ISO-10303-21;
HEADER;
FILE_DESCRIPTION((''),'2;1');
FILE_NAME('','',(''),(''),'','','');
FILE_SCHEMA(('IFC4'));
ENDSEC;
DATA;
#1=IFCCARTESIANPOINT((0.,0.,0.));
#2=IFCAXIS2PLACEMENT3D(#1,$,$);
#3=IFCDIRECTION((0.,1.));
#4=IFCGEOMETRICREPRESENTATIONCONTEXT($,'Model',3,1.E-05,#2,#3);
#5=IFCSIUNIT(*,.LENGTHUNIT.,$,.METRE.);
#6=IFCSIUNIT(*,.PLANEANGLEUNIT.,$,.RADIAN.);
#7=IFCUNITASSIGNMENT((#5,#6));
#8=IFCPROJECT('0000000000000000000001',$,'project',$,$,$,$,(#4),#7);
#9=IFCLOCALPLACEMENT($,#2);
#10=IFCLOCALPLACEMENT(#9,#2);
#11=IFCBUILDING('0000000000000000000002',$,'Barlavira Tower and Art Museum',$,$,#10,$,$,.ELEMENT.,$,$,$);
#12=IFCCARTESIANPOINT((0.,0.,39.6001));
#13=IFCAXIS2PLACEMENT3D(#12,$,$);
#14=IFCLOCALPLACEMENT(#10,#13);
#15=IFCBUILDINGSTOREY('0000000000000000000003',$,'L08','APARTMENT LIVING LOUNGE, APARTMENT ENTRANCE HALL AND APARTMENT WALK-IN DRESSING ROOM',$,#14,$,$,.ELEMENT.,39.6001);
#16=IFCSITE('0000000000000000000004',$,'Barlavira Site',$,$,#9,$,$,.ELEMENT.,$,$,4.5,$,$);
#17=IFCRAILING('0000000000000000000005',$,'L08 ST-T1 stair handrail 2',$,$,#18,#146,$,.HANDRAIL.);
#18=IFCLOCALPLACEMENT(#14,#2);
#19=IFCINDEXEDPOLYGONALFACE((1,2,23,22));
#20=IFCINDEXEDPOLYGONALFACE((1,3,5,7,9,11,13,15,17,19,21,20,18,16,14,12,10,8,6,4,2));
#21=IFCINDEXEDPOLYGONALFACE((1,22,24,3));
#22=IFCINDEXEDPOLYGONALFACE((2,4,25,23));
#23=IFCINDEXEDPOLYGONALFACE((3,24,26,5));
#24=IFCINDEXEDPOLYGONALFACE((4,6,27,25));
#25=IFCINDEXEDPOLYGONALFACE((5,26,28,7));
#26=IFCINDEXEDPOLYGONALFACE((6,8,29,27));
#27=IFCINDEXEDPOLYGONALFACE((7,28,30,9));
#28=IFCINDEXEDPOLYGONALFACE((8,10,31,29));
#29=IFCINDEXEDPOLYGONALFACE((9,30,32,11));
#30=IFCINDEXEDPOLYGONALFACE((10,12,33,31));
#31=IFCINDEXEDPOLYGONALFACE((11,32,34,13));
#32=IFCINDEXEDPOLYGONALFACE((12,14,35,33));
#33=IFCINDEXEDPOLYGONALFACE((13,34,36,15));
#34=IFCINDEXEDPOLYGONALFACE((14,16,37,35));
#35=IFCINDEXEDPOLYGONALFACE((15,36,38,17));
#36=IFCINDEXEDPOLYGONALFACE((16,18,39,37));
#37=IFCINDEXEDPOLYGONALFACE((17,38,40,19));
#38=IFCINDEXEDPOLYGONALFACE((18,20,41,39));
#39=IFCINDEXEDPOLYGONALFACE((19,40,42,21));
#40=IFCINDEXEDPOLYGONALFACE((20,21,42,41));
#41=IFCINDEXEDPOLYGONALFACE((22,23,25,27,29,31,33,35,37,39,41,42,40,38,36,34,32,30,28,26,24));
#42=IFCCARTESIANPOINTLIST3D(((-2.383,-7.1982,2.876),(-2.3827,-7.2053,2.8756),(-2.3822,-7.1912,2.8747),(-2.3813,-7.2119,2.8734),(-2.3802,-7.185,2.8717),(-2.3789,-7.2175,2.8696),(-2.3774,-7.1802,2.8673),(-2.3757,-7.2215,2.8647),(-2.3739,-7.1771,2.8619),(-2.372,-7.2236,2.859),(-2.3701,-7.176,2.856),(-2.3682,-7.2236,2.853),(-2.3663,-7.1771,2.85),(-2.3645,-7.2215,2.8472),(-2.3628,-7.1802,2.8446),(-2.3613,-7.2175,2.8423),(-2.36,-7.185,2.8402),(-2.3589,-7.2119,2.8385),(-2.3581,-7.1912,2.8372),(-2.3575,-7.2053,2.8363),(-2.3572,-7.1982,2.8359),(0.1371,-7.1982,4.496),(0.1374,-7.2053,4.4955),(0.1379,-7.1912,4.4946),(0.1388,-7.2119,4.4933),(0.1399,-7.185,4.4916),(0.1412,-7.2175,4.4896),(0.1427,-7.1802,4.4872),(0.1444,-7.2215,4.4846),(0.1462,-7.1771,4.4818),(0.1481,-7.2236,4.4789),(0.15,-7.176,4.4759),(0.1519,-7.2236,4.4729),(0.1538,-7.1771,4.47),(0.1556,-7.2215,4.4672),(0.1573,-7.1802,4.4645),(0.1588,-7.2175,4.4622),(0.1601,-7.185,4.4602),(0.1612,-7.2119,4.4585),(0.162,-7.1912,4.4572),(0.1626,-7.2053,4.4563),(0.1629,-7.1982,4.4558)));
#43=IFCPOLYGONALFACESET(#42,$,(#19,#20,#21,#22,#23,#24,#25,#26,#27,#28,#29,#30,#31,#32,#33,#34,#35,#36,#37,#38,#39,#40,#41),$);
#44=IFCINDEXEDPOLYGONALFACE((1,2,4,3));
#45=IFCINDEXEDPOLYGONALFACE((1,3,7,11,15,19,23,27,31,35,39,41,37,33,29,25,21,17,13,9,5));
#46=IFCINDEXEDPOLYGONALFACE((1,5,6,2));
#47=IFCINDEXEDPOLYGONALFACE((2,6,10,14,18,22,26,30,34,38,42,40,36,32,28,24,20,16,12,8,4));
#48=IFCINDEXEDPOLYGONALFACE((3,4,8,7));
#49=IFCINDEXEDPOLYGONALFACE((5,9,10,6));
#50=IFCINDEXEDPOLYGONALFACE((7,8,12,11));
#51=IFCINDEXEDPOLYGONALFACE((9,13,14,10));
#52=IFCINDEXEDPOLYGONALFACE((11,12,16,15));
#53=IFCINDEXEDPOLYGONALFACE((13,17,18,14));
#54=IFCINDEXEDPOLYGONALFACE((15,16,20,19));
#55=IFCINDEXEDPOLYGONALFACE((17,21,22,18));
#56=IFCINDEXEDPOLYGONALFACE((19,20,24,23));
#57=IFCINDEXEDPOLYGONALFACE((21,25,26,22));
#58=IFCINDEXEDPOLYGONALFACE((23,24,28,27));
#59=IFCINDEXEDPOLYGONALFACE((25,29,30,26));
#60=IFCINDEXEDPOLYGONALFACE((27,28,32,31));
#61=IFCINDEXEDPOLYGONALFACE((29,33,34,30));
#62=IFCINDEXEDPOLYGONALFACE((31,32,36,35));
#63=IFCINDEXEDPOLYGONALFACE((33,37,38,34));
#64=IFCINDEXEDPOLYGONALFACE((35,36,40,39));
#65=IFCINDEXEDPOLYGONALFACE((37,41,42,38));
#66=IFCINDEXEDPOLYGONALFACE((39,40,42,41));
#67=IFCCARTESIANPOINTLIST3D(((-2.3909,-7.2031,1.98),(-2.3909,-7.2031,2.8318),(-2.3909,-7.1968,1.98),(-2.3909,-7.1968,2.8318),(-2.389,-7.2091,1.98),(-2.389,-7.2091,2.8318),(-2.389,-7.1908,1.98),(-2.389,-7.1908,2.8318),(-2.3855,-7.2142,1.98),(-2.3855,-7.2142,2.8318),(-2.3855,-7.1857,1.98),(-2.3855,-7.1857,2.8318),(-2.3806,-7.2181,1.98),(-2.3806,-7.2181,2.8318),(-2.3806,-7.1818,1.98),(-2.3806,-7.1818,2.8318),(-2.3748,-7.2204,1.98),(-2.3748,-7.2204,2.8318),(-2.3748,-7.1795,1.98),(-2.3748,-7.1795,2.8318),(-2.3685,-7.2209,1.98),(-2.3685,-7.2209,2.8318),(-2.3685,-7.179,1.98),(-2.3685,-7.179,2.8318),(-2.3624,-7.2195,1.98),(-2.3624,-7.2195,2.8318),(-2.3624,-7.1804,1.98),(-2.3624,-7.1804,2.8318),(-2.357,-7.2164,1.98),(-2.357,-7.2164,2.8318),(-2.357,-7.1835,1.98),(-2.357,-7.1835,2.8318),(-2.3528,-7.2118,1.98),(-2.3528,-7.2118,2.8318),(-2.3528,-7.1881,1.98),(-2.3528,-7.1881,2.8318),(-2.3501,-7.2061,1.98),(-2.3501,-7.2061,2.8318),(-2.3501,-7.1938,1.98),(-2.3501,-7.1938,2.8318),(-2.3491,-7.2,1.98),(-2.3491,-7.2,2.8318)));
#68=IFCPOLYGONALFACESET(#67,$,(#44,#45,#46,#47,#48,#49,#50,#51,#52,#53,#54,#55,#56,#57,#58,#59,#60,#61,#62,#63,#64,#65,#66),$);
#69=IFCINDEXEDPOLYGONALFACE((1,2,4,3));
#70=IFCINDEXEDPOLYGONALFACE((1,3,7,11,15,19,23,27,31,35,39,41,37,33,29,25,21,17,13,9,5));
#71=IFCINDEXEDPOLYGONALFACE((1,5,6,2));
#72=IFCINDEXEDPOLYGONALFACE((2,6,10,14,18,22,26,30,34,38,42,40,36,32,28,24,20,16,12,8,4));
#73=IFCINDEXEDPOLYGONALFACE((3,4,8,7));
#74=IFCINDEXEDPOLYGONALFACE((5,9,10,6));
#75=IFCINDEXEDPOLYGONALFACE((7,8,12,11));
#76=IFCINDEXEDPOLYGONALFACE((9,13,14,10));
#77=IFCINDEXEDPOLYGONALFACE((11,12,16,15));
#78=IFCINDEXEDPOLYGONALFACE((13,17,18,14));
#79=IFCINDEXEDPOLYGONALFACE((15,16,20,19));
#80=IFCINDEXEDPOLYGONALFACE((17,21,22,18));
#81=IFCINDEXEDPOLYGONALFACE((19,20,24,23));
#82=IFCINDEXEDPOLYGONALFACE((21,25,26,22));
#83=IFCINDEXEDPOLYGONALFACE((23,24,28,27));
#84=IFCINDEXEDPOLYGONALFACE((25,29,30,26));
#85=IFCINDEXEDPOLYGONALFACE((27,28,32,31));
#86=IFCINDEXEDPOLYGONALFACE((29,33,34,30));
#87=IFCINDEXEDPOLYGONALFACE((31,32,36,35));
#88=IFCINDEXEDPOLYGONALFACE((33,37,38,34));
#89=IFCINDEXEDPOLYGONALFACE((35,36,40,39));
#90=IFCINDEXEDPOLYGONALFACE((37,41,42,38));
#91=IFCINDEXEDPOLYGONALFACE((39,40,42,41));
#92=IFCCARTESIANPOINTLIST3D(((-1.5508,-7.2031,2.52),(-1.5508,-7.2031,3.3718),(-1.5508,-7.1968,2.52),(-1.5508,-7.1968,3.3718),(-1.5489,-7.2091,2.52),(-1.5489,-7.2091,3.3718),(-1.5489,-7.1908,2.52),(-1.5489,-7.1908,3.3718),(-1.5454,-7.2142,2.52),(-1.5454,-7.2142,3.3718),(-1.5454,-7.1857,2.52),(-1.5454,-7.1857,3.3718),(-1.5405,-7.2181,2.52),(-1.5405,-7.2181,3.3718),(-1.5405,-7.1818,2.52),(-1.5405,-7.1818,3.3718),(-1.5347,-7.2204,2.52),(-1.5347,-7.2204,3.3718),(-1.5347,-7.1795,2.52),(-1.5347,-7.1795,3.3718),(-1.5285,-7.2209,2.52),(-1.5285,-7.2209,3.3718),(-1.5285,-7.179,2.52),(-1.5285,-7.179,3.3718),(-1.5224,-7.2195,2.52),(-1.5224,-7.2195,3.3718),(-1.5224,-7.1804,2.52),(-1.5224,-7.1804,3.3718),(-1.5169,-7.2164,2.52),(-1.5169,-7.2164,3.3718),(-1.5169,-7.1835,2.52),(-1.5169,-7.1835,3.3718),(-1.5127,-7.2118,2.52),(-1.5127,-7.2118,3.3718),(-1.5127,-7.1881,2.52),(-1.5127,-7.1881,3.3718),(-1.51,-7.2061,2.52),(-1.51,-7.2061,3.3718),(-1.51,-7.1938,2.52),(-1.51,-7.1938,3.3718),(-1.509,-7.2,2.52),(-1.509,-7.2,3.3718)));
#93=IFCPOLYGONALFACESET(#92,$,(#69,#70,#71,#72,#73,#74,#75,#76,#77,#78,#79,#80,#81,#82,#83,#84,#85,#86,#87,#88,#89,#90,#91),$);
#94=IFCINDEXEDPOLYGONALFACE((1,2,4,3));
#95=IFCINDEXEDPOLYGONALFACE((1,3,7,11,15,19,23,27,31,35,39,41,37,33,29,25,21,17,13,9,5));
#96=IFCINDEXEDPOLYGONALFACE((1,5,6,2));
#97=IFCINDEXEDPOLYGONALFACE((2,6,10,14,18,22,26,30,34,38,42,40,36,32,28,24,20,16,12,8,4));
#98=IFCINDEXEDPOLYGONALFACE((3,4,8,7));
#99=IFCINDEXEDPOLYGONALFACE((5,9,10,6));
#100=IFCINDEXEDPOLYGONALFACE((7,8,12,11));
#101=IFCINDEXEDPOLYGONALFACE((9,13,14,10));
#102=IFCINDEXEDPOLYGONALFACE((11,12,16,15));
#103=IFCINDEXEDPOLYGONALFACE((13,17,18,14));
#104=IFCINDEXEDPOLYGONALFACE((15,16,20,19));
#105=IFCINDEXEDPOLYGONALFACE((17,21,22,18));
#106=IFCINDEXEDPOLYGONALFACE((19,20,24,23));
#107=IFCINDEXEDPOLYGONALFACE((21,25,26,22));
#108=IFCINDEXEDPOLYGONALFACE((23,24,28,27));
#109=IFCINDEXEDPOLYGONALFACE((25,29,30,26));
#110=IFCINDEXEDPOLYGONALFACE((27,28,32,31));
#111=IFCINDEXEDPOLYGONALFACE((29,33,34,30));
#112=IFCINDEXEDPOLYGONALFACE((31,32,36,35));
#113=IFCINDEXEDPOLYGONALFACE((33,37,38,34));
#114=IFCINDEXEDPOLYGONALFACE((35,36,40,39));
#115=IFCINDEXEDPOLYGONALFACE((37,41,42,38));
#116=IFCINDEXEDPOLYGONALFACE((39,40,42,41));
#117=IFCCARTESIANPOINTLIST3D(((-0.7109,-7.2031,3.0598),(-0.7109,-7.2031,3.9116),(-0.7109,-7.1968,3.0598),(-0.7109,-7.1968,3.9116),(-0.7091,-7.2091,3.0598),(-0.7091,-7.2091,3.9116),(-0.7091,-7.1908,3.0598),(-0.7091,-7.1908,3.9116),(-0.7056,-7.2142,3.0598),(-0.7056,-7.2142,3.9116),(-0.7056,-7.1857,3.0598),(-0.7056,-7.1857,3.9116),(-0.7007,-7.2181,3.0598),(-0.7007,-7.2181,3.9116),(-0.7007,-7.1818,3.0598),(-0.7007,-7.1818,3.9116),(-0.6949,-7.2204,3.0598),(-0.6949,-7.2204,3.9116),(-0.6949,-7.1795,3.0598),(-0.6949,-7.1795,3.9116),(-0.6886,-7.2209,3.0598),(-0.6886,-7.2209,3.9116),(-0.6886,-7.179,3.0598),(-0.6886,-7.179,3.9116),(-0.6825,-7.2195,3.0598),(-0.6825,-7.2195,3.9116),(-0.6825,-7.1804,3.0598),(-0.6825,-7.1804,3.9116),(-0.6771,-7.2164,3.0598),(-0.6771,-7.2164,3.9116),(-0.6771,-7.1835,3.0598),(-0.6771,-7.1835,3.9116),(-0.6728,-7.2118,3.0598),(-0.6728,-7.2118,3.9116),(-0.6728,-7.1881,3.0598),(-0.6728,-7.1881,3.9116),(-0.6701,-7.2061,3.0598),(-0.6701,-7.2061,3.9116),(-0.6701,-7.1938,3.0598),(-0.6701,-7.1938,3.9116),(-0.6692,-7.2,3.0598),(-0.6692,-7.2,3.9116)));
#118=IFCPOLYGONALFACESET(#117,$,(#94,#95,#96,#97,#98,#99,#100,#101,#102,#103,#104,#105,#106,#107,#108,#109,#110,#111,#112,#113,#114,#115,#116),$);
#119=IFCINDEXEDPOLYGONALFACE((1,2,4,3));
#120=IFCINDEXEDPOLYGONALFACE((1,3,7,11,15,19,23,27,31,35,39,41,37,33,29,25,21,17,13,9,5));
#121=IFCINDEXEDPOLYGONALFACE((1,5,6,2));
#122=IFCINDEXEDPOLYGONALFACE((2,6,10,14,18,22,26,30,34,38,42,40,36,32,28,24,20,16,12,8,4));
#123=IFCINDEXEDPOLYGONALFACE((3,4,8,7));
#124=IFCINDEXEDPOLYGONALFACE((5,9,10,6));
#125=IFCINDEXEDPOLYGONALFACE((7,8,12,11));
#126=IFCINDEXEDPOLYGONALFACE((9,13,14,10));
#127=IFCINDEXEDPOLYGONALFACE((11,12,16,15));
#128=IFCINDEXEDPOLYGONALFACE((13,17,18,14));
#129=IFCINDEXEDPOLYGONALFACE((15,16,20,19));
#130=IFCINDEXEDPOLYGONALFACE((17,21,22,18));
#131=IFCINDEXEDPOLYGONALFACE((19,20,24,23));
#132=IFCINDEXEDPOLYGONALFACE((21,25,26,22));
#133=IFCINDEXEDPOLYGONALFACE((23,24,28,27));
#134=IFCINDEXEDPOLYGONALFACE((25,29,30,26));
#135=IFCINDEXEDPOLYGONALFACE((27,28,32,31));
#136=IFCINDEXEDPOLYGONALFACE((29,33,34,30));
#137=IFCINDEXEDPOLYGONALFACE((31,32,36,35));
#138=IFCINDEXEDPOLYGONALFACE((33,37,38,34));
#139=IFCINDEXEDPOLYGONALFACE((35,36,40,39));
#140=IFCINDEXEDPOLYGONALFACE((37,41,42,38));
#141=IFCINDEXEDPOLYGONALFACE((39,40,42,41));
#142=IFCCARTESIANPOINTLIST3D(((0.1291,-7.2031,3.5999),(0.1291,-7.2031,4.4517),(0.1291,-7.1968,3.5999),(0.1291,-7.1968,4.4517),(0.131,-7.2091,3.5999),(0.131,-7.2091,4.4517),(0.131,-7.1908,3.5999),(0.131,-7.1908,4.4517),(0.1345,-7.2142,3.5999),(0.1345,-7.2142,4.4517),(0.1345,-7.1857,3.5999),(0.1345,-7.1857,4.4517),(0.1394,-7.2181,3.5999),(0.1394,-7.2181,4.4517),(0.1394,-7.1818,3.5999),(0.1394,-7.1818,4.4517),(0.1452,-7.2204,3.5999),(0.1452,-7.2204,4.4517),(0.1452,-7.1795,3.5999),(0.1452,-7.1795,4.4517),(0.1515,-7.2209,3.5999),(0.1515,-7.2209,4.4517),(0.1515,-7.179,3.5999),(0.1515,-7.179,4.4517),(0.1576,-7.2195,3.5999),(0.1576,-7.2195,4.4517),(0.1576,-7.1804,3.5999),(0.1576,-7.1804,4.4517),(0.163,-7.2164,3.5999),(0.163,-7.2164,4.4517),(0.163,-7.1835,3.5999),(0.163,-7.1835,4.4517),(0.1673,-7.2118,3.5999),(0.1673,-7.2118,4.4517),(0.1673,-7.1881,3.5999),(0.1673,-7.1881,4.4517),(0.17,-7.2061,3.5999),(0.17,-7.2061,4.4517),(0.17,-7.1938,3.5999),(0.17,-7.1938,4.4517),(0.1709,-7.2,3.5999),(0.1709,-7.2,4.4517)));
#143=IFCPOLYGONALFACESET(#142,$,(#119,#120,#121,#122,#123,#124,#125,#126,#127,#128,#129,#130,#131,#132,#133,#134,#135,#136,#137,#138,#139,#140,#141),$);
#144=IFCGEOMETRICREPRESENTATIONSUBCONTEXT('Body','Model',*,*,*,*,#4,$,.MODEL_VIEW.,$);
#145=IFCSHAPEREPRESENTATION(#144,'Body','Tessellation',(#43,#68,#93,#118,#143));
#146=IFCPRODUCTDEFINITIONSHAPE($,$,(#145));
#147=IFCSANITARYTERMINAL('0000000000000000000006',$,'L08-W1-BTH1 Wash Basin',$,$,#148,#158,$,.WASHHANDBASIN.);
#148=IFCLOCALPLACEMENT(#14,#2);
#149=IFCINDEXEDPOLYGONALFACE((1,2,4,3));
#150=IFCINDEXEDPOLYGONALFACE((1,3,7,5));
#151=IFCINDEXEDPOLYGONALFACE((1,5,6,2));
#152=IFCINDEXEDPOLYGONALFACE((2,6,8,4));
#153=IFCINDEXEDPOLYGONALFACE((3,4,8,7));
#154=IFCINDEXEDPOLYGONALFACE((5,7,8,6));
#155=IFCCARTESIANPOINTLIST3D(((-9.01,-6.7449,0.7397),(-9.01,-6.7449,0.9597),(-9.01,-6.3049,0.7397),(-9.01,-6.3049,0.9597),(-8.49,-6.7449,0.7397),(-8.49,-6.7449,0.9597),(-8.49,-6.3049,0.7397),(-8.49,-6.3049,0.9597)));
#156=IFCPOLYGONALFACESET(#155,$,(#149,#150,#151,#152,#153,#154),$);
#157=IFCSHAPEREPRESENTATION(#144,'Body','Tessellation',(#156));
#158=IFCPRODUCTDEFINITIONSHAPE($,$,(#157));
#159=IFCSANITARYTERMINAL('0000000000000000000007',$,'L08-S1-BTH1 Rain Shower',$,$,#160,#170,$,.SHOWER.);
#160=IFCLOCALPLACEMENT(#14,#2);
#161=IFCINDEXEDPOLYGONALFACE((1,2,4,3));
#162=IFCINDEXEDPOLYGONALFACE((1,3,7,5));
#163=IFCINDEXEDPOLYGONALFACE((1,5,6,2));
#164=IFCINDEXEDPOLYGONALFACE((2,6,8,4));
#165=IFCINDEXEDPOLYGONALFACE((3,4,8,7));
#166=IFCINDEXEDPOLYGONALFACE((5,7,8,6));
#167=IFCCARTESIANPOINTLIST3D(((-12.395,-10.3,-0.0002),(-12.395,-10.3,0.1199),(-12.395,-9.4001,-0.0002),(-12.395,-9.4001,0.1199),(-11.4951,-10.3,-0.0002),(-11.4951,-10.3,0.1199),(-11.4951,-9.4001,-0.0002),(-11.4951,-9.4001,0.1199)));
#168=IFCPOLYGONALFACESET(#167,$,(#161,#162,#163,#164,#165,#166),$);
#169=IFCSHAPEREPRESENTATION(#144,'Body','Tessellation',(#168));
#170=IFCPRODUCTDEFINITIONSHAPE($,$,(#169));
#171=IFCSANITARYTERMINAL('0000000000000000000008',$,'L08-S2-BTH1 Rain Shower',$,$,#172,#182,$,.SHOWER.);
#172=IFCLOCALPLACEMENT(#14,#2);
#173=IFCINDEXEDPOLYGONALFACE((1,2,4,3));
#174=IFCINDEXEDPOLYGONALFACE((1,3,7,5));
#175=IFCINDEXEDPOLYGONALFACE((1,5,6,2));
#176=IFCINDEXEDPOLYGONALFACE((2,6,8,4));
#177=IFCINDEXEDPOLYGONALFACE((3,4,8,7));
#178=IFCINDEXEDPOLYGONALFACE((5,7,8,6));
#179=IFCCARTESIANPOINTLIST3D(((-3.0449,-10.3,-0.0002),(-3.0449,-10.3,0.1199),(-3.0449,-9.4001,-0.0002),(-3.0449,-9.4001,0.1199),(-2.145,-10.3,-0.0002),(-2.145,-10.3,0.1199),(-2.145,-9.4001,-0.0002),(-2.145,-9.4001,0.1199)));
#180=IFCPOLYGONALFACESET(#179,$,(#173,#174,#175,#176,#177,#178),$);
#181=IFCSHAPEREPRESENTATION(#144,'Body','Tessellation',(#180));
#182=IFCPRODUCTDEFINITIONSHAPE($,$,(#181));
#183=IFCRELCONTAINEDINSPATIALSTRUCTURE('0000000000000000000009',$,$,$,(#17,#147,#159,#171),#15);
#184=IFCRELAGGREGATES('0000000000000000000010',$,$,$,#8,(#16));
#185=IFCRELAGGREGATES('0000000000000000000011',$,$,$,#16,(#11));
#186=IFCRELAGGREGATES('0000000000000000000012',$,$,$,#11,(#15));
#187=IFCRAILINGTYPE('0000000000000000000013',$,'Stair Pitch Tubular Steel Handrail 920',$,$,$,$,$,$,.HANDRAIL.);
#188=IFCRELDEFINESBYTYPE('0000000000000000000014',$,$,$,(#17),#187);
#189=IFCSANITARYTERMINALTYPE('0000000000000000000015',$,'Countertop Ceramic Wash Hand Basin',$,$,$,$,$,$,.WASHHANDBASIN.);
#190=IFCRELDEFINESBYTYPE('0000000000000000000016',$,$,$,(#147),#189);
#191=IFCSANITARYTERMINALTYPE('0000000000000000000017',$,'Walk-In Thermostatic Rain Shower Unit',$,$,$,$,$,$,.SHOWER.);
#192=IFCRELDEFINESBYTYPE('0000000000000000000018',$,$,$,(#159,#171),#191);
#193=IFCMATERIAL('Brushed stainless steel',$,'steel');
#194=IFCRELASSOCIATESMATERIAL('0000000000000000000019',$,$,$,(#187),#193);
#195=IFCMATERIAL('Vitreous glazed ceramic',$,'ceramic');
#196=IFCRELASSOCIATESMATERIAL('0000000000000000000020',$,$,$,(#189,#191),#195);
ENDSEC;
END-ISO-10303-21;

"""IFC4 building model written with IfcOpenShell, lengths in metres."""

from ifc_helpers import new_model, si_unit, direction, frame, origin, origin_2d, place, context, subcontext, project, spatial, rectangle, circle, extrude, material, type_object, element, save


model = new_model("IFC4")

# Units and contexts
model_context = context("Model", 3, precision=1e-05, world=origin(), true_north=direction((0.0, 1.0)))
body_context = subcontext(model_context, "Body", "Model", "MODEL_VIEW")
ifc_project = project(units=[si_unit("LENGTHUNIT", "METRE"), si_unit("PLANEANGLEUNIT", "RADIAN")], contexts=[model_context])

# Site, building, storey
site_placement = place(None, origin())
site = spatial("IfcSite", under=ifc_project, at=site_placement, Name="Barlavira Site", CompositionType="ELEMENT", RefElevation=4.5)
building_placement = place(site_placement, origin())
building = spatial("IfcBuilding", under=site, at=building_placement, Name="Barlavira Tower and Art Museum", CompositionType="ELEMENT")
storey_placement = place(building_placement, frame((0.0, 0.0, 39.6001)))
storey = spatial("IfcBuildingStorey", under=building, at=storey_placement, Name="L08", Description="APARTMENT LIVING LOUNGE, APARTMENT ENTRANCE HALL AND APARTMENT WALK-IN DRESSING ROOM", CompositionType="ELEMENT", Elevation=39.6001)

# Shared definitions
ifc_material_1 = material(Name="Brushed stainless steel", Category="steel")

# Railing
railing_type_1 = type_object("IfcRailingType", Name="Stair Pitch Tubular Steel Handrail 920", PredefinedType="HANDRAIL", material=ifc_material_1)
railing_1_placement = place(storey_placement, frame((-2.3701, -7.2, 1.98)))
element("IfcRailing", 1, at=railing_1_placement, inside=storey, type_object=railing_type_1, Name="L08 ST-T1 stair handrail 2", PredefinedType="HANDRAIL", context=body_context, shape_type="SweptSolid", body=[
    extrude(circle(Radius=0.0239, at=origin_2d()), frame((0.0, 0.0, 0.876), z_axis=(0.8412, 0.0, 0.540725), x_axis=(0.0, 1.0, 0.0)), (0.0, 0.0, 1.0), 2.9958),
    extrude(circle(Radius=0.021, at=origin_2d()), origin(), (0.0, 0.0, 1.0), 0.8518),
    extrude(circle(Radius=0.021, at=origin_2d()), frame((0.8401, 0.0, 0.54)), (0.0, 0.0, 1.0), 0.8518),
    extrude(circle(Radius=0.021, at=origin_2d()), frame((1.6799, 0.0, 1.0798)), (0.0, 0.0, 1.0), 0.8518),
    extrude(circle(Radius=0.021, at=origin_2d()), frame((2.52, 0.0, 1.6199)), (0.0, 0.0, 1.0), 0.8518),
])

# Sanitary terminals
ifc_material_2 = material(Name="Vitreous glazed ceramic", Category="ceramic")
sanitary_terminal_type_1 = type_object("IfcSanitaryTerminalType", Name="Countertop Ceramic Wash Hand Basin", PredefinedType="WASHHANDBASIN", material=ifc_material_2)
sanitary_terminal_placement = place(storey_placement, frame((-8.75, -6.5249, 0.7397), z_axis=(0.0, 0.0, 1.0), x_axis=(1.0, 0.0, 0.0)))
element("IfcSanitaryTerminal", 2, at=sanitary_terminal_placement, inside=storey, type_object=sanitary_terminal_type_1, Name="L08-W1-BTH1 Wash Basin", PredefinedType="WASHHANDBASIN", context=body_context, shape_type="SweptSolid", body=[
    extrude(rectangle(XDim=0.52, YDim=0.4399, at=origin_2d()), origin(), (0.0, 0.0, 1.0), 0.22),
])
sanitary_terminal_type_2 = type_object("IfcSanitaryTerminalType", Name="Walk-In Thermostatic Rain Shower Unit", PredefinedType="SHOWER", material=ifc_material_2)
for number, where, z_axis, x_axis, name in (
    (3, (-11.9451, -9.8501, -0.0002), (0.0, 0.0, 1.0), (1.0, 0.0, 0.0), "L08-S1-BTH1 Rain Shower"),
    (4, (-2.595, -9.8501, -0.0002), (0.0, 0.0, 1.0), (1.0, 0.0, 0.0), "L08-S2-BTH1 Rain Shower"),
):
    element("IfcSanitaryTerminal", number, at=place(storey_placement, frame(where, z_axis=z_axis, x_axis=x_axis)), inside=storey, type_object=sanitary_terminal_type_2, Name=name, PredefinedType="SHOWER", context=body_context, shape_type="SweptSolid", body=[
        extrude(rectangle(XDim=0.8999, YDim=0.8999, at=origin_2d()), origin(), (0.0, 0.0, 1.0), 0.1201),
    ])

save(model, "model.ifc")
